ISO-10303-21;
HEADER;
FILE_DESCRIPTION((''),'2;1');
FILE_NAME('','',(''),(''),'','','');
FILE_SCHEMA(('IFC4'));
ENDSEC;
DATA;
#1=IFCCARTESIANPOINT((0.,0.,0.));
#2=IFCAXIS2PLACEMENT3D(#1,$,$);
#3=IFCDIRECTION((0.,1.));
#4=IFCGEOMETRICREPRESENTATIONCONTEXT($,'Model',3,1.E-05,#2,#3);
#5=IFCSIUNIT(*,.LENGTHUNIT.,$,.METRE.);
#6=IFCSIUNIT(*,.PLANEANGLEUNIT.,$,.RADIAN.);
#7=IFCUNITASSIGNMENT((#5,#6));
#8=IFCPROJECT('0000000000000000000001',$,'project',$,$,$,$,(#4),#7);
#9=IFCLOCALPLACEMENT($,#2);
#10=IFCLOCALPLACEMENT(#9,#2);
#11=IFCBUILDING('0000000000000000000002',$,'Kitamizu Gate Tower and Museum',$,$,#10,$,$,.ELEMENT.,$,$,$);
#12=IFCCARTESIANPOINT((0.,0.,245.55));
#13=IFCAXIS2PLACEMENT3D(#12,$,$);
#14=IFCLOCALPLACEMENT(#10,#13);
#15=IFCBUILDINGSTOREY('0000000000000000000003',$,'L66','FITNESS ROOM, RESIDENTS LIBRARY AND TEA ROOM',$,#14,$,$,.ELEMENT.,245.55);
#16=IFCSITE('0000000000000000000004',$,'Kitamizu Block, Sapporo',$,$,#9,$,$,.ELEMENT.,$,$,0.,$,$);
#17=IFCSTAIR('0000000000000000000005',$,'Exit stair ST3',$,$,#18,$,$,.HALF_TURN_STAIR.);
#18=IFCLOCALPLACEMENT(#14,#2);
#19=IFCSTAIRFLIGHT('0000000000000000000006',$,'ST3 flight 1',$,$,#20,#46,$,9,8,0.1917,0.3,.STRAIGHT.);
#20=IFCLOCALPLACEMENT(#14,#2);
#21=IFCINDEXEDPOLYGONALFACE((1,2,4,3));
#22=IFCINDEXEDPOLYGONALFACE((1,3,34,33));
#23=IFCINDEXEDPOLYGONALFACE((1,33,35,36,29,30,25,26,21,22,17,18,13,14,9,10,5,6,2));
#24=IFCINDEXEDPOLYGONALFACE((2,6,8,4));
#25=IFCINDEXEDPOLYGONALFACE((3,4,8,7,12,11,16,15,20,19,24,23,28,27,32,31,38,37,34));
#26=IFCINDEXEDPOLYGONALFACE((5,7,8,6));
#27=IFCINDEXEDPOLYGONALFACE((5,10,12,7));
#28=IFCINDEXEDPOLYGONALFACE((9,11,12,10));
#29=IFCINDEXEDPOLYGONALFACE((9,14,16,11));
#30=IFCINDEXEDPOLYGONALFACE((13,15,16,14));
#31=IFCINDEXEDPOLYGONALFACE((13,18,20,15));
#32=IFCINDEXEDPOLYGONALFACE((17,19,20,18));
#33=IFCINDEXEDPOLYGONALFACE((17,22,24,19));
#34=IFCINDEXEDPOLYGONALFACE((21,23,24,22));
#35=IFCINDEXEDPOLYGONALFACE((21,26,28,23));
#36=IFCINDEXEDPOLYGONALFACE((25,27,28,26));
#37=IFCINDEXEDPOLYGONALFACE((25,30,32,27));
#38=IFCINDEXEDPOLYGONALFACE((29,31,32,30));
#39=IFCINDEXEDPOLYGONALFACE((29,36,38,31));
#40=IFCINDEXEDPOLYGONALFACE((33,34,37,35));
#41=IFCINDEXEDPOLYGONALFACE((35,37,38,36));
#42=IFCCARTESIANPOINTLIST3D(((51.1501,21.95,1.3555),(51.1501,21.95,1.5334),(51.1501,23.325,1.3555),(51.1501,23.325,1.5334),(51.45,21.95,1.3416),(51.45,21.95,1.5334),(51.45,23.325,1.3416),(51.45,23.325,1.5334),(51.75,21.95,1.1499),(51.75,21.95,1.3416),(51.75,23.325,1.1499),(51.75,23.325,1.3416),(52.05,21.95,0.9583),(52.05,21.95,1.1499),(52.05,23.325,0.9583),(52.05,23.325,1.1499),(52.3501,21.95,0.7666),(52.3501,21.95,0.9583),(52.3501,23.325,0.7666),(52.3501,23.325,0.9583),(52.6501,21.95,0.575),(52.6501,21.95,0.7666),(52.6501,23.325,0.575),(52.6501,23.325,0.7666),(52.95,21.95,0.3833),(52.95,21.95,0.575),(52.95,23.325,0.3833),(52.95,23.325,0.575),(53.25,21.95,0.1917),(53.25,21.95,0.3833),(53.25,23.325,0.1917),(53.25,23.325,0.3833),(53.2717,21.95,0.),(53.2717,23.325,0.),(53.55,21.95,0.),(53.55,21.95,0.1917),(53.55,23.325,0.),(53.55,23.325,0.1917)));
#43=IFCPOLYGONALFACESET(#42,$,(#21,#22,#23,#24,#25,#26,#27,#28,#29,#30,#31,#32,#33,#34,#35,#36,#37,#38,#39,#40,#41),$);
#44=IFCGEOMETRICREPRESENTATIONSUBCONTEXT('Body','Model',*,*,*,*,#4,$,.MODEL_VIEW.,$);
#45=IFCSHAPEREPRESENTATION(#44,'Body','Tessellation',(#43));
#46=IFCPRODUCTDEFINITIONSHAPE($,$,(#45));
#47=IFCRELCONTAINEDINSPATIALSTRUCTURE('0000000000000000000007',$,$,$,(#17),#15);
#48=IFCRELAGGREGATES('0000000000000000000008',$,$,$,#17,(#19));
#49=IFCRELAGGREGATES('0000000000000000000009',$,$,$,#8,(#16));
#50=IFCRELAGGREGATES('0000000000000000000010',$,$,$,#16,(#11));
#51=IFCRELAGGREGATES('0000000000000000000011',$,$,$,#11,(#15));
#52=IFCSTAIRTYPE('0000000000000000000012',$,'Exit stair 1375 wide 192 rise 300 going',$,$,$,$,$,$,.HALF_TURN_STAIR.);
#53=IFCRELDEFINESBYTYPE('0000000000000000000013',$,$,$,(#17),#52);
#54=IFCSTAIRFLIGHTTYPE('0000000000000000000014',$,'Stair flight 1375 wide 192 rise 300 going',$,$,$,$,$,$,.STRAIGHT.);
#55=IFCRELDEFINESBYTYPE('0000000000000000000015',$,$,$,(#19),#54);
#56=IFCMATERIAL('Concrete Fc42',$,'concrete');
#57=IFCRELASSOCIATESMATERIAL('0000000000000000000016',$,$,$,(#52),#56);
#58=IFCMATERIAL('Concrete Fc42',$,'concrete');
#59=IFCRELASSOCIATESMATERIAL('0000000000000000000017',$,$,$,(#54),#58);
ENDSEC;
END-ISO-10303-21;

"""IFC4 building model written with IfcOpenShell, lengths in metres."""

from ifc_helpers import new_model, si_unit, direction, frame, origin, place, context, subcontext, project, spatial, polyline, outline, extrude, material, type_object, element, aggregate, save


model = new_model("IFC4")

# Units and contexts
model_context = context("Model", 3, precision=1e-05, world=origin(), true_north=direction((0.0, 1.0)))
body_context = subcontext(model_context, "Body", "Model", "MODEL_VIEW")
ifc_project = project(units=[si_unit("LENGTHUNIT", "METRE"), si_unit("PLANEANGLEUNIT", "RADIAN")], contexts=[model_context])

# Site, building, storey
site_placement = place(None, origin())
site = spatial("IfcSite", under=ifc_project, at=site_placement, Name="Kitamizu Block, Sapporo", CompositionType="ELEMENT", RefElevation=0.0)
building_placement = place(site_placement, origin())
building = spatial("IfcBuilding", under=site, at=building_placement, Name="Kitamizu Gate Tower and Museum", CompositionType="ELEMENT")
storey_placement = place(building_placement, frame((0.0, 0.0, 245.55)))
storey = spatial("IfcBuildingStorey", under=building, at=storey_placement, Name="L66", Description="FITNESS ROOM, RESIDENTS LIBRARY AND TEA ROOM", CompositionType="ELEMENT", Elevation=245.55)

# Stair, stair flight
ifc_material_1 = material(Name="Concrete Fc42", Category="concrete")
stair_type = type_object("IfcStairType", Name="Exit stair 1375 wide 192 rise 300 going", PredefinedType="HALF_TURN_STAIR", material=ifc_material_1)
stair_placement = place(storey_placement, origin())
stair = element("IfcStair", 1, at=stair_placement, inside=storey, type_object=stair_type, Name="Exit stair ST3", PredefinedType="HALF_TURN_STAIR")
ifc_material_2 = material(Name="Concrete Fc42", Category="concrete")
stair_flight_type = type_object("IfcStairFlightType", Name="Stair flight 1375 wide 192 rise 300 going", PredefinedType="STRAIGHT", material=ifc_material_2)
stair_flight_placement = place(storey_placement, frame((53.55, 22.6375, 0.0), z_axis=(0.0, 0.0, 1.0), x_axis=(-1.0, 0.0, 0.0)))
stair_flight = element("IfcStairFlight", 2, at=stair_flight_placement, type_object=stair_flight_type, Name="ST3 flight 1", NumberOfRisers=9, NumberOfTreads=8, PredefinedType="STRAIGHT", RiserHeight=0.1917, TreadLength=0.3, context=body_context, shape_type="SweptSolid", body=[
    extrude(outline(polyline([(0.0, 0.0), (0.0, 0.1917), (0.3, 0.1917), (0.3, 0.3833), (0.6001, 0.3833), (0.6001, 0.575), (0.8999, 0.575), (0.8999, 0.7666), (1.2, 0.7666), (1.2, 0.9583), (1.5, 0.9583), (1.5, 1.1499), (1.8, 1.1499), (1.8, 1.3416), (2.1001, 1.3416), (2.1001, 1.5334), (2.3999, 1.5334), (2.3999, 1.7251), (2.3999, 1.3555), (0.2783, 0.0), (0.0, 0.0)])), frame((0.0, 0.6875, 0.0), z_axis=(0.0, -1.0, 0.0), x_axis=(1.0, 0.0, 0.0)), (0.0, 0.0, 1.0), 1.375),
])
aggregate(stair, [stair_flight])

save(model, "model.ifc")
